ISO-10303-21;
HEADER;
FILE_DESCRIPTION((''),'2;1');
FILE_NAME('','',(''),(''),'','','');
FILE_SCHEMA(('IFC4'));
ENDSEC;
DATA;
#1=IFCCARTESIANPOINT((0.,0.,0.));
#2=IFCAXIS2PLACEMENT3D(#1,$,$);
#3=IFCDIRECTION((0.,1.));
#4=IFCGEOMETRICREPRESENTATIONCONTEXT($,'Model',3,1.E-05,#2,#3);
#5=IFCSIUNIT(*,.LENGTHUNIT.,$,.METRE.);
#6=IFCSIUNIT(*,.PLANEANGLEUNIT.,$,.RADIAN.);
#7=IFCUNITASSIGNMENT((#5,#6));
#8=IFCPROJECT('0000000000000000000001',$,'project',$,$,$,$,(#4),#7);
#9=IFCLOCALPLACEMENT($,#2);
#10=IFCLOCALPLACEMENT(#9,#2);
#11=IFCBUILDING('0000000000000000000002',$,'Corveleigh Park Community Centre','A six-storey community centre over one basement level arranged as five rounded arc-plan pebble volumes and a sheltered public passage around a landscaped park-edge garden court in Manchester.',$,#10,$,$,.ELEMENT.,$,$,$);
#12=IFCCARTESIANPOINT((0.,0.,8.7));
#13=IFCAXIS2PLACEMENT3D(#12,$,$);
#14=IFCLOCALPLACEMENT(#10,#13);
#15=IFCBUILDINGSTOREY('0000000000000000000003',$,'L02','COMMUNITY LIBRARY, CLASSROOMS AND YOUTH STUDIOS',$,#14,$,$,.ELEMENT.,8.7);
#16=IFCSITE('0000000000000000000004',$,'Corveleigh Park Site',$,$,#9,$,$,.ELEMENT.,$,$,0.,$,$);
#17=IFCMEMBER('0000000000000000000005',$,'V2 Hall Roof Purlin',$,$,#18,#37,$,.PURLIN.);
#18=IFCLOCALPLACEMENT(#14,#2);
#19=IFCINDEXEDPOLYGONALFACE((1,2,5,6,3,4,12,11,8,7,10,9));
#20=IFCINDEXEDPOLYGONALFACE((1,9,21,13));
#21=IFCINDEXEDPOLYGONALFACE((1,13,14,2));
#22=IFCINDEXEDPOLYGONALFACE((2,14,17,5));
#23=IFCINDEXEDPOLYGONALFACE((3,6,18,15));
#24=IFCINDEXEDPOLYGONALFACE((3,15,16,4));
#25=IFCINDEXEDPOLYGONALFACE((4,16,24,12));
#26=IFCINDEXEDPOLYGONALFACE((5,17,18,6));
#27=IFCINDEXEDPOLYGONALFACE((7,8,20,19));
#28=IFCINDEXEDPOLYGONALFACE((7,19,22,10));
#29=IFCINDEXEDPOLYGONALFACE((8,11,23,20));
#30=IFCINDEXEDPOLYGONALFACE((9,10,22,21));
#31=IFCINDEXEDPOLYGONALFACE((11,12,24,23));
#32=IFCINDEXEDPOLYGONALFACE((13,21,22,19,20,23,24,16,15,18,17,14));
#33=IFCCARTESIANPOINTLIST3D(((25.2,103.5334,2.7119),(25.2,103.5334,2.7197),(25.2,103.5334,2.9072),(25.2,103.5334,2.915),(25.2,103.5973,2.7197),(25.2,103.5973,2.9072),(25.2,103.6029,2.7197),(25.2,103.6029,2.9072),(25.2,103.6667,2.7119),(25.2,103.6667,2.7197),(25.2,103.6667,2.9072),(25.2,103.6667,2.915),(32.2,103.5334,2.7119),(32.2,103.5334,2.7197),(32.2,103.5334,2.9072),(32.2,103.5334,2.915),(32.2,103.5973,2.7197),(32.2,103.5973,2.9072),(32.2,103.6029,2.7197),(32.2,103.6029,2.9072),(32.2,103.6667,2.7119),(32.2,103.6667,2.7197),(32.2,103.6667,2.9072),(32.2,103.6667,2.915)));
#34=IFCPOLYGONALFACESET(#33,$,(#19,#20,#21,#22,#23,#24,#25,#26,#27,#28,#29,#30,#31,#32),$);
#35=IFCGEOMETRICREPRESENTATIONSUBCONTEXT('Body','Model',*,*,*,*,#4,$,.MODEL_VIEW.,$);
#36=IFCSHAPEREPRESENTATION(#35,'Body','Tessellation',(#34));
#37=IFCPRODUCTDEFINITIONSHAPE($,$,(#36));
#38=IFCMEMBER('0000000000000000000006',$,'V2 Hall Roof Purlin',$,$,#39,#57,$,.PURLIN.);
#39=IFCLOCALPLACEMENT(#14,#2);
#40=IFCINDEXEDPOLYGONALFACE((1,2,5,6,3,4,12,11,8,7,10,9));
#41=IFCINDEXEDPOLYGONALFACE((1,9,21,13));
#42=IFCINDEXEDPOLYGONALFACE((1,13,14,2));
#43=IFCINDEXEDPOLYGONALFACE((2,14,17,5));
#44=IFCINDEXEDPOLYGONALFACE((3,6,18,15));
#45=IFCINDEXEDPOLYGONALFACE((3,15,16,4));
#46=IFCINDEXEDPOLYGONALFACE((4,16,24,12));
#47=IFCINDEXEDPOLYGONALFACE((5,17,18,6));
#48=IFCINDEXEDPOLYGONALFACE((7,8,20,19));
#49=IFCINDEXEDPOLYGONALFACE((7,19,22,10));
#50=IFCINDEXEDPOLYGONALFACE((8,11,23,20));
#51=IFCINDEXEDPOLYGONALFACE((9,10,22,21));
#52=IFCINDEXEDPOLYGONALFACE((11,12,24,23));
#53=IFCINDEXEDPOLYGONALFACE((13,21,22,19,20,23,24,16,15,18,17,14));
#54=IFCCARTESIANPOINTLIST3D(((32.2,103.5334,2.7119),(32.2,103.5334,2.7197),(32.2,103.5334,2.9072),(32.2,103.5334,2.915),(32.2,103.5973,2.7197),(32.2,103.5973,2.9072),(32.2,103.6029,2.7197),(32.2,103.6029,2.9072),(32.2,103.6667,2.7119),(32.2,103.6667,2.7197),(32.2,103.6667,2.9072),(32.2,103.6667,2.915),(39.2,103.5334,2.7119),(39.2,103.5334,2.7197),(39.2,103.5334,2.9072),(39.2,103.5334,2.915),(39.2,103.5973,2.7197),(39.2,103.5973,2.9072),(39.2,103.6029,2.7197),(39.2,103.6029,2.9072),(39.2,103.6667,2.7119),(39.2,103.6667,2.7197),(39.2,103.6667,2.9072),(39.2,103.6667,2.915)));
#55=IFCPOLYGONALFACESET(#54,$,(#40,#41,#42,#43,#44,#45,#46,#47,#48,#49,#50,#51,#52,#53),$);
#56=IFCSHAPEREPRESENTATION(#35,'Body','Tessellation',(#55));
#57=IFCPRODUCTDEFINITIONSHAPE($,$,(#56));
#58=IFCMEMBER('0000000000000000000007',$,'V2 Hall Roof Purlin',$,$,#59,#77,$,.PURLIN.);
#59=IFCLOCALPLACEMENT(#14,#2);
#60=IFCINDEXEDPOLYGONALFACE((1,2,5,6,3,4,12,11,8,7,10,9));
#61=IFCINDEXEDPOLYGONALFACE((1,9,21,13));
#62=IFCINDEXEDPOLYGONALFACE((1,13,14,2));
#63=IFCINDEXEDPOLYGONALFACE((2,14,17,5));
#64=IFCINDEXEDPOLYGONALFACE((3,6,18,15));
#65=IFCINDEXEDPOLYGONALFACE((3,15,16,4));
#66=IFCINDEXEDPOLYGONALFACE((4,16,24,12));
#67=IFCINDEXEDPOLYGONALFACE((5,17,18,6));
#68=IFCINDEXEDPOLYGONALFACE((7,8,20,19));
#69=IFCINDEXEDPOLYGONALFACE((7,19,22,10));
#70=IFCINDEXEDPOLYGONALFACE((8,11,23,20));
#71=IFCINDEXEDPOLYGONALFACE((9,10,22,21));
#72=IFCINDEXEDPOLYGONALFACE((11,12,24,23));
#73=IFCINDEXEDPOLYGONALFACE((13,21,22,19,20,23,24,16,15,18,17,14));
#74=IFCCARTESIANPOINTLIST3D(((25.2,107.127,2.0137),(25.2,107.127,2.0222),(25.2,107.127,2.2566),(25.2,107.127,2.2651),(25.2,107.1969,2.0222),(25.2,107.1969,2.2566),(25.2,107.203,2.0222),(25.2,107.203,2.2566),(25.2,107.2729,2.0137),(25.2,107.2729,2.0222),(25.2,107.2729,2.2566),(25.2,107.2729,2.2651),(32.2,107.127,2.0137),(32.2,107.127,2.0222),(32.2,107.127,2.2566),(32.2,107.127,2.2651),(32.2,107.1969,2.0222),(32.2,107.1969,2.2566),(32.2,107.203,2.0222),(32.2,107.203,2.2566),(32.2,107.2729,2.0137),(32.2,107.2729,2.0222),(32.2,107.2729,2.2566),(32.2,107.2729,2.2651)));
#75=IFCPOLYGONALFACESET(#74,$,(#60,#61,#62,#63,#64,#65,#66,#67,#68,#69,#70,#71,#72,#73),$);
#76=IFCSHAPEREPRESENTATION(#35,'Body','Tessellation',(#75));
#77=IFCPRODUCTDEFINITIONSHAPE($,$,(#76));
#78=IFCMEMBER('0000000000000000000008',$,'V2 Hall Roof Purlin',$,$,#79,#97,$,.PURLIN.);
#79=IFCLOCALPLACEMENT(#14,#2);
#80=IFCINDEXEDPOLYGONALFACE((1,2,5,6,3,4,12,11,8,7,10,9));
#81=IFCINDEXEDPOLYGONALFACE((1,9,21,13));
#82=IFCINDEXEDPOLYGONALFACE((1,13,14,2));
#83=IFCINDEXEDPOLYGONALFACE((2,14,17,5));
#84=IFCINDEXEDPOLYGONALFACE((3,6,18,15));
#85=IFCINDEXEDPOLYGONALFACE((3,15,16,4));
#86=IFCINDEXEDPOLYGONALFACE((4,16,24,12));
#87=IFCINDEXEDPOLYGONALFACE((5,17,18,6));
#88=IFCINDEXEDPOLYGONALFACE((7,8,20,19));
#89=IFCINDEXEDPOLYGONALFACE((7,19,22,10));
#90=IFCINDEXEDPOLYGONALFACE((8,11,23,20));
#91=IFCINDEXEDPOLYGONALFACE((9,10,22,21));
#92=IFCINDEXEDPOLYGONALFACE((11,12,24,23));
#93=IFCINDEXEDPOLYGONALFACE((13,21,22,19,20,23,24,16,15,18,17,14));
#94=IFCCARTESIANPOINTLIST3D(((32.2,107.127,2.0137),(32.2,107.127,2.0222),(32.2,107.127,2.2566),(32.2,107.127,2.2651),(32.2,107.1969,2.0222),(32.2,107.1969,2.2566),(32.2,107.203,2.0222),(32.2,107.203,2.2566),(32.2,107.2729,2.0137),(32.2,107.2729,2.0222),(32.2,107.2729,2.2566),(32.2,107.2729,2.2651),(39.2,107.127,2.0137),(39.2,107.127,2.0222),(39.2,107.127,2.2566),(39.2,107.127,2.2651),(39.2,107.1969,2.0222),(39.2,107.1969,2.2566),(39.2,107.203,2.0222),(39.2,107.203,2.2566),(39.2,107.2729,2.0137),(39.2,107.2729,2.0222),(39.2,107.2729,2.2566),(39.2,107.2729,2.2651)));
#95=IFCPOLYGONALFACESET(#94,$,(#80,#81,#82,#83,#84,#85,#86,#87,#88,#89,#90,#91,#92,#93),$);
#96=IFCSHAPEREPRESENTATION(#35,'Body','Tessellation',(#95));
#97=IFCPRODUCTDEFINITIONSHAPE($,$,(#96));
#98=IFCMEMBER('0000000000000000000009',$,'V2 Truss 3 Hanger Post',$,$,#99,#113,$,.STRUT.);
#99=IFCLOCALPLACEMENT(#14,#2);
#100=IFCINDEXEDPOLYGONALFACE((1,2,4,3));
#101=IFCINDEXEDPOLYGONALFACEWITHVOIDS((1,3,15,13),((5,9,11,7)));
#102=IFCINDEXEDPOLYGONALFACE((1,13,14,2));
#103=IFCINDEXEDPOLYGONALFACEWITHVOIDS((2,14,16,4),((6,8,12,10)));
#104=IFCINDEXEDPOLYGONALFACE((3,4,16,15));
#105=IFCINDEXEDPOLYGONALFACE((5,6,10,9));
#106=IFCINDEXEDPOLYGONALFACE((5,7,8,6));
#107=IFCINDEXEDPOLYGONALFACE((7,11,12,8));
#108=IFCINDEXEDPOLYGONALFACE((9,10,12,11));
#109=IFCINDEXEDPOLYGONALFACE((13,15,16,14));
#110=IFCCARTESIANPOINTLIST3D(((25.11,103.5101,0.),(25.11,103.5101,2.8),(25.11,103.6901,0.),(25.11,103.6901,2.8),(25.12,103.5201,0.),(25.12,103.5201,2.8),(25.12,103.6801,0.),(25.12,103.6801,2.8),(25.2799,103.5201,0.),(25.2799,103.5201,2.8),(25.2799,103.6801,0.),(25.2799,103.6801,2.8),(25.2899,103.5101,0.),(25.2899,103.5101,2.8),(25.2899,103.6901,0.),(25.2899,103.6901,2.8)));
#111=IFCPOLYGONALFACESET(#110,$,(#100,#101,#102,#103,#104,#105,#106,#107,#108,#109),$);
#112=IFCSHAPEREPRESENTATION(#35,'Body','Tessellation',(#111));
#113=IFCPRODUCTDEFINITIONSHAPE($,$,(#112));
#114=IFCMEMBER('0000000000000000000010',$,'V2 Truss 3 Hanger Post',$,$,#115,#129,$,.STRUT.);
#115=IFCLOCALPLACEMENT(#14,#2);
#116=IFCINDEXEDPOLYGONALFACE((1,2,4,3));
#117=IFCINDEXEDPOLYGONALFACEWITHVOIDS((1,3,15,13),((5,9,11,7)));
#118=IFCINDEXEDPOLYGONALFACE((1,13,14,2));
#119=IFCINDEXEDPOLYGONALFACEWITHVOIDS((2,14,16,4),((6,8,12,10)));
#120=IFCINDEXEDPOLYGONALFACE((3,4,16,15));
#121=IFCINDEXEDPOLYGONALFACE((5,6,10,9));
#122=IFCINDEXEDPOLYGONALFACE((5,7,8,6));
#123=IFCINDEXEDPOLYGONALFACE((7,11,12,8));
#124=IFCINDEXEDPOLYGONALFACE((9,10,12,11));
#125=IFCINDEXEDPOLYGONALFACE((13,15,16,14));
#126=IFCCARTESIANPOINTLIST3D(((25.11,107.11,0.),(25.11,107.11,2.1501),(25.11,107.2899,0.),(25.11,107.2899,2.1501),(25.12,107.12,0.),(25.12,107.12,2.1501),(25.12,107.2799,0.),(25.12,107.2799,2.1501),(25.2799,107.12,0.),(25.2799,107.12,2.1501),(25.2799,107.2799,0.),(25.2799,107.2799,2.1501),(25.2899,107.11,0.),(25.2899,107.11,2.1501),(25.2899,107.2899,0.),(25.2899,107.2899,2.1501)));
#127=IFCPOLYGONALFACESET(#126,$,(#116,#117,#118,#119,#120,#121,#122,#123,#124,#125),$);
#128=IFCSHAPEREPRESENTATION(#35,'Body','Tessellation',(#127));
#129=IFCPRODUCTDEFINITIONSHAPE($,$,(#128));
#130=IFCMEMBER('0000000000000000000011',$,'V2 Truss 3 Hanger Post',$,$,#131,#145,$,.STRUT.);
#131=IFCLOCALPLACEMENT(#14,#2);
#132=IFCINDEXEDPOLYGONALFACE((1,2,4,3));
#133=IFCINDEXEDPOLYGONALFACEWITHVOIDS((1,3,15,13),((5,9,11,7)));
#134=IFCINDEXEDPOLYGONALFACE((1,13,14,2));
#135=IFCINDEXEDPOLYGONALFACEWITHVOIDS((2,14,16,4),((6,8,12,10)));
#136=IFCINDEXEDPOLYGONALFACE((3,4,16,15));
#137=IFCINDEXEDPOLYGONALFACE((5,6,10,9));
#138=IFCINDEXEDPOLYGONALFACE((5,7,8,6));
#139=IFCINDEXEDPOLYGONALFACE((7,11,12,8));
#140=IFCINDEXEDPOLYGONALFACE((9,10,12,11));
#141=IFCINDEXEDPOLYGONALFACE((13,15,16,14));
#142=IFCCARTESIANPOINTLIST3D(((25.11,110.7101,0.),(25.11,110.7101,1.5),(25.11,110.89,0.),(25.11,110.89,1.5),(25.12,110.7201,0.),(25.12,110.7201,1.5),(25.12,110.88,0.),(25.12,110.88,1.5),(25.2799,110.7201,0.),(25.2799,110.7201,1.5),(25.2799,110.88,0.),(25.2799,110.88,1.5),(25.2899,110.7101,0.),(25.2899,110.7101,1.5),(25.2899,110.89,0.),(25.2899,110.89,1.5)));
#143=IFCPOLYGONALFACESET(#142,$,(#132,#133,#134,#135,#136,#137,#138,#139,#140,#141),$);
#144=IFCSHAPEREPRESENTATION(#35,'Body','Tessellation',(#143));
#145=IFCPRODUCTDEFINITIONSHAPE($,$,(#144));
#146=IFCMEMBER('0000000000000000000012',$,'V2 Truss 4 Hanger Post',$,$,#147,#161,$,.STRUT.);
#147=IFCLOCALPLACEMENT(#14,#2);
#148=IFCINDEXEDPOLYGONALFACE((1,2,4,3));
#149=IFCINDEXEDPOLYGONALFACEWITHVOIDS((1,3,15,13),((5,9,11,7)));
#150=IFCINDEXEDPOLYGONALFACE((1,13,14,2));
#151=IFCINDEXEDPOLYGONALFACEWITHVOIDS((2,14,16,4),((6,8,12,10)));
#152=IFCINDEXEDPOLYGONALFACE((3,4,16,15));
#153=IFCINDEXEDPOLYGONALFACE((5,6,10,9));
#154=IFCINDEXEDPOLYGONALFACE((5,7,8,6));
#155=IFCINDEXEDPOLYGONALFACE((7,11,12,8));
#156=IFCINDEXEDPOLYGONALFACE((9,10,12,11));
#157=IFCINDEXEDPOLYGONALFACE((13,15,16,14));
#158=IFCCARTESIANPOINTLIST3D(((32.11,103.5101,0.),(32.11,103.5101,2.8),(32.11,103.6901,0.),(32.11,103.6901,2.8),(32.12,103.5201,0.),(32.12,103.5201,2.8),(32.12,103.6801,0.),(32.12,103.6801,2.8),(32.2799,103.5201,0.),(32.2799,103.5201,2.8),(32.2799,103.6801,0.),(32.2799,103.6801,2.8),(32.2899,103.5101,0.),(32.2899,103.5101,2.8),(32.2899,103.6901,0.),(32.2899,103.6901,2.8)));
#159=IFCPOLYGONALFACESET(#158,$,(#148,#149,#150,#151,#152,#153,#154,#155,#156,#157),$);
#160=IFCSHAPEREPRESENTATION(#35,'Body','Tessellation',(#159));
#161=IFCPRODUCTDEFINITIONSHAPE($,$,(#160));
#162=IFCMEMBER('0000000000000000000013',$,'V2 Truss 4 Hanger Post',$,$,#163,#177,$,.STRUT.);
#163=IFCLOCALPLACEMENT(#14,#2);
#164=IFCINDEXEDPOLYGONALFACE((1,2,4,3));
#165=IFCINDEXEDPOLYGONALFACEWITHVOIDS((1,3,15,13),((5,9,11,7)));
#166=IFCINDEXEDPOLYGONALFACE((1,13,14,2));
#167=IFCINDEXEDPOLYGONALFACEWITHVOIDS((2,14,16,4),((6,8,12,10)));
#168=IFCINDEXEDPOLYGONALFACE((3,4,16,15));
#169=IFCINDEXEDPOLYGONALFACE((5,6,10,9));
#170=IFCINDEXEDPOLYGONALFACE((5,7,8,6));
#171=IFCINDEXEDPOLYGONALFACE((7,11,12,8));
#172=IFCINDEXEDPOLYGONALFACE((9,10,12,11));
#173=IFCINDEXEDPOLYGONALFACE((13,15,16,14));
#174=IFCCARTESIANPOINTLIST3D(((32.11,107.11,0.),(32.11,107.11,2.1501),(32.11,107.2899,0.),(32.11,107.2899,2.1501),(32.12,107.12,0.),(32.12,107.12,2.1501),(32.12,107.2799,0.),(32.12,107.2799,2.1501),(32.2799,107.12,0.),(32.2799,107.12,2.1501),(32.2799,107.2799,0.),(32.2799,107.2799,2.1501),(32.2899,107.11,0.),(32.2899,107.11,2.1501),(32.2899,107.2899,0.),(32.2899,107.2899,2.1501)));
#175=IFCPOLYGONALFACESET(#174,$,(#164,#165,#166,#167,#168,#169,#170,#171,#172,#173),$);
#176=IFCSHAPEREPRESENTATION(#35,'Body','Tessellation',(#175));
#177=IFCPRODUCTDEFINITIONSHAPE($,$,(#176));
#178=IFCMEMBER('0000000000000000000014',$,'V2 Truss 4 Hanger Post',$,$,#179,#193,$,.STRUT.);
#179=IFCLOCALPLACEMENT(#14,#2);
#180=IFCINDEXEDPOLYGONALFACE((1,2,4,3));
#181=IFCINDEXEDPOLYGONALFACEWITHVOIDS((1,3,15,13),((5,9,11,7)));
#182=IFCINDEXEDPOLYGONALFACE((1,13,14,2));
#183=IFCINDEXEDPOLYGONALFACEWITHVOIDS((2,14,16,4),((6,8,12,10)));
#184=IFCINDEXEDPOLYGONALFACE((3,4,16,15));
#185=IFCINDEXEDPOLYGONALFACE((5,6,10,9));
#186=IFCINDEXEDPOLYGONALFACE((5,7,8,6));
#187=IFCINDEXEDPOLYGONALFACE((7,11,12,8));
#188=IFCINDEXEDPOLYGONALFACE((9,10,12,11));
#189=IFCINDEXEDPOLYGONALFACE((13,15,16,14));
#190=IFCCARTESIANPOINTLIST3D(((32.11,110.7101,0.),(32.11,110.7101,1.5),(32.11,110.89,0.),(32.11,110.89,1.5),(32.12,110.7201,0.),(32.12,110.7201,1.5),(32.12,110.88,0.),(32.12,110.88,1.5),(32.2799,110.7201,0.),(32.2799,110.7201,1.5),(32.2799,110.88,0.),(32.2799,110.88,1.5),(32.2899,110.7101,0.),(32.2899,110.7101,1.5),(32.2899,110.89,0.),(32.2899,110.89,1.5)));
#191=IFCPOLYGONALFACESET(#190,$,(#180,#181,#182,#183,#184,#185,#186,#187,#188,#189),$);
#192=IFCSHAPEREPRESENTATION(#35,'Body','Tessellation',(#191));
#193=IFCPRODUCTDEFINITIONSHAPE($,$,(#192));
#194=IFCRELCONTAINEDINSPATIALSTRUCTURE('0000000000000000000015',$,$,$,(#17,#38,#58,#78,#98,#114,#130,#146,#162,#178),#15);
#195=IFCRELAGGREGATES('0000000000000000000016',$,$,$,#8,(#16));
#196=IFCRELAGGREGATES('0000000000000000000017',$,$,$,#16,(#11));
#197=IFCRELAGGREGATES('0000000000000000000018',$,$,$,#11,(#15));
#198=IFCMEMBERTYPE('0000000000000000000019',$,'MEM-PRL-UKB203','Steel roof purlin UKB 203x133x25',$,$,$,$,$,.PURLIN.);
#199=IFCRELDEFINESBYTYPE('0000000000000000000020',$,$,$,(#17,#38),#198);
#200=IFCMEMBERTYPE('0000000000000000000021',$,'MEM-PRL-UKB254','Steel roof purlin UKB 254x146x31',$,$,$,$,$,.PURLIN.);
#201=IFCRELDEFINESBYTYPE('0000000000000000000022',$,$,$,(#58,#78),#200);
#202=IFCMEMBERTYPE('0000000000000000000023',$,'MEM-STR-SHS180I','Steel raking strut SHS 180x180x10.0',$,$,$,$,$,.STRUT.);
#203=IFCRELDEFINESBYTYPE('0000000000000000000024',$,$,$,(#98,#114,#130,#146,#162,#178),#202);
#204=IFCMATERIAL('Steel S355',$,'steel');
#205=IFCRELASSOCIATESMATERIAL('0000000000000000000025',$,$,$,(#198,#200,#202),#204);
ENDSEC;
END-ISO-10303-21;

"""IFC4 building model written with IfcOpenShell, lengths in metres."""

from ifc_helpers import new_model, si_unit, direction, frame, origin, origin_2d, place, context, subcontext, project, spatial, hollow_rectangle, i_section, extrude, material, material_profile, profile_set, type_object, element, save


model = new_model("IFC4")

# Units and contexts
model_context = context("Model", 3, precision=1e-05, world=origin(), true_north=direction((0.0, 1.0)))
body_context = subcontext(model_context, "Body", "Model", "MODEL_VIEW")
ifc_project = project(units=[si_unit("LENGTHUNIT", "METRE"), si_unit("PLANEANGLEUNIT", "RADIAN")], contexts=[model_context])

# Site, building, storey
site_placement = place(None, origin())
site = spatial("IfcSite", under=ifc_project, at=site_placement, Name="Corveleigh Park Site", CompositionType="ELEMENT", RefElevation=0.0)
building_placement = place(site_placement, origin())
building = spatial("IfcBuilding", under=site, at=building_placement, Name="Corveleigh Park Community Centre", Description="A six-storey community centre over one basement level arranged as five rounded arc-plan pebble volumes and a sheltered public passage around a landscaped park-edge garden court in Manchester.", CompositionType="ELEMENT")
storey_placement = place(building_placement, frame((0.0, 0.0, 8.7)))
storey = spatial("IfcBuildingStorey", under=building, at=storey_placement, Name="L02", Description="COMMUNITY LIBRARY, CLASSROOMS AND YOUTH STUDIOS", CompositionType="ELEMENT", Elevation=8.7)

# Shared definitions
ifc_material_1 = material(Name="Steel S355", Category="steel")

# Members
ifc_material_profile_1 = material_profile(ifc_material_1, i_section(OverallWidth=0.1333, OverallDepth=0.2031, WebThickness=0.0056, FlangeThickness=0.0078, at=origin_2d()), Name="UKB 203x133x25", Category="steel")
ifc_profile_set_1 = profile_set([ifc_material_profile_1], Name="Steel S355")
member_type_1 = type_object("IfcMemberType", Name="MEM-PRL-UKB203", Description="Steel roof purlin UKB 203x133x25", PredefinedType="PURLIN", material=ifc_profile_set_1)
for number, where, z_axis, x_axis, name in (
    (1, (25.2, 103.6001, 2.8135), (1.0, 0.0, 0.0), (0.0, 1.0, 0.0), "V2 Hall Roof Purlin"),
    (2, (32.2, 103.6001, 2.8135), (1.0, 0.0, 0.0), (0.0, 1.0, 0.0), "V2 Hall Roof Purlin"),
):
    element("IfcMember", number, at=place(storey_placement, frame(where, z_axis=z_axis, x_axis=x_axis)), inside=storey, type_object=member_type_1, Name=name, PredefinedType="PURLIN", context=body_context, shape_type="SweptSolid", body=[
        extrude(i_section(OverallWidth=0.1333, OverallDepth=0.2031, WebThickness=0.0056, FlangeThickness=0.0078, at=origin_2d()), origin(), (0.0, 0.0, 1.0), 7.0),
    ])
ifc_material_profile_2 = material_profile(ifc_material_1, i_section(OverallWidth=0.146, OverallDepth=0.2515, WebThickness=0.0061, FlangeThickness=0.0085, at=origin_2d()), Name="UKB 254x146x31", Category="steel")
ifc_profile_set_2 = profile_set([ifc_material_profile_2], Name="Steel S355")
member_type_2 = type_object("IfcMemberType", Name="MEM-PRL-UKB254", Description="Steel roof purlin UKB 254x146x31", PredefinedType="PURLIN", material=ifc_profile_set_2)
for number, where, z_axis, x_axis, name in (
    (3, (25.2, 107.2, 2.1394), (1.0, 0.0, 0.0), (0.0, 1.0, 0.0), "V2 Hall Roof Purlin"),
    (4, (32.2, 107.2, 2.1394), (1.0, 0.0, 0.0), (0.0, 1.0, 0.0), "V2 Hall Roof Purlin"),
):
    element("IfcMember", number, at=place(storey_placement, frame(where, z_axis=z_axis, x_axis=x_axis)), inside=storey, type_object=member_type_2, Name=name, PredefinedType="PURLIN", context=body_context, shape_type="SweptSolid", body=[
        extrude(i_section(OverallWidth=0.146, OverallDepth=0.2515, WebThickness=0.0061, FlangeThickness=0.0085, at=origin_2d()), origin(), (0.0, 0.0, 1.0), 7.0),
    ])
ifc_material_profile_3 = material_profile(ifc_material_1, hollow_rectangle(XDim=0.1799, YDim=0.1799, WallThickness=0.01, at=origin_2d()), Name="SHS 180x180x10.0", Category="steel")
ifc_profile_set_3 = profile_set([ifc_material_profile_3], Name="Steel S355")
member_type_3 = type_object("IfcMemberType", Name="MEM-STR-SHS180I", Description="Steel raking strut SHS 180x180x10.0", PredefinedType="STRUT", material=ifc_profile_set_3)
member_1_placement = place(storey_placement, frame((25.2, 103.6001, 0.0), z_axis=(0.0, 0.0, 1.0), x_axis=(1.0, 0.0, 0.0)))
element("IfcMember", 5, at=member_1_placement, inside=storey, type_object=member_type_3, Name="V2 Truss 3 Hanger Post", PredefinedType="STRUT", context=body_context, shape_type="SweptSolid", body=[
    extrude(hollow_rectangle(XDim=0.1799, YDim=0.1799, WallThickness=0.01, at=origin_2d()), origin(), (0.0, 0.0, 1.0), 2.8),
])
member_2_placement = place(storey_placement, frame((25.2, 107.2, 0.0), z_axis=(0.0, 0.0, 1.0), x_axis=(1.0, 0.0, 0.0)))
element("IfcMember", 6, at=member_2_placement, inside=storey, type_object=member_type_3, Name="V2 Truss 3 Hanger Post", PredefinedType="STRUT", context=body_context, shape_type="SweptSolid", body=[
    extrude(hollow_rectangle(XDim=0.1799, YDim=0.1799, WallThickness=0.01, at=origin_2d()), origin(), (0.0, 0.0, 1.0), 2.1501),
])
member_3_placement = place(storey_placement, frame((25.2, 110.8, 0.0), z_axis=(0.0, 0.0, 1.0), x_axis=(1.0, 0.0, 0.0)))
element("IfcMember", 7, at=member_3_placement, inside=storey, type_object=member_type_3, Name="V2 Truss 3 Hanger Post", PredefinedType="STRUT", context=body_context, shape_type="SweptSolid", body=[
    extrude(hollow_rectangle(XDim=0.1799, YDim=0.1799, WallThickness=0.01, at=origin_2d()), origin(), (0.0, 0.0, 1.0), 1.5),
])
member_4_placement = place(storey_placement, frame((32.2, 103.6001, 0.0), z_axis=(0.0, 0.0, 1.0), x_axis=(1.0, 0.0, 0.0)))
element("IfcMember", 8, at=member_4_placement, inside=storey, type_object=member_type_3, Name="V2 Truss 4 Hanger Post", PredefinedType="STRUT", context=body_context, shape_type="SweptSolid", body=[
    extrude(hollow_rectangle(XDim=0.1799, YDim=0.1799, WallThickness=0.01, at=origin_2d()), origin(), (0.0, 0.0, 1.0), 2.8),
])
member_5_placement = place(storey_placement, frame((32.2, 107.2, 0.0), z_axis=(0.0, 0.0, 1.0), x_axis=(1.0, 0.0, 0.0)))
element("IfcMember", 9, at=member_5_placement, inside=storey, type_object=member_type_3, Name="V2 Truss 4 Hanger Post", PredefinedType="STRUT", context=body_context, shape_type="SweptSolid", body=[
    extrude(hollow_rectangle(XDim=0.1799, YDim=0.1799, WallThickness=0.01, at=origin_2d()), origin(), (0.0, 0.0, 1.0), 2.1501),
])
member_6_placement = place(storey_placement, frame((32.2, 110.8, 0.0), z_axis=(0.0, 0.0, 1.0), x_axis=(1.0, 0.0, 0.0)))
element("IfcMember", 10, at=member_6_placement, inside=storey, type_object=member_type_3, Name="V2 Truss 4 Hanger Post", PredefinedType="STRUT", context=body_context, shape_type="SweptSolid", body=[
    extrude(hollow_rectangle(XDim=0.1799, YDim=0.1799, WallThickness=0.01, at=origin_2d()), origin(), (0.0, 0.0, 1.0), 1.5),
])

save(model, "model.ifc")
